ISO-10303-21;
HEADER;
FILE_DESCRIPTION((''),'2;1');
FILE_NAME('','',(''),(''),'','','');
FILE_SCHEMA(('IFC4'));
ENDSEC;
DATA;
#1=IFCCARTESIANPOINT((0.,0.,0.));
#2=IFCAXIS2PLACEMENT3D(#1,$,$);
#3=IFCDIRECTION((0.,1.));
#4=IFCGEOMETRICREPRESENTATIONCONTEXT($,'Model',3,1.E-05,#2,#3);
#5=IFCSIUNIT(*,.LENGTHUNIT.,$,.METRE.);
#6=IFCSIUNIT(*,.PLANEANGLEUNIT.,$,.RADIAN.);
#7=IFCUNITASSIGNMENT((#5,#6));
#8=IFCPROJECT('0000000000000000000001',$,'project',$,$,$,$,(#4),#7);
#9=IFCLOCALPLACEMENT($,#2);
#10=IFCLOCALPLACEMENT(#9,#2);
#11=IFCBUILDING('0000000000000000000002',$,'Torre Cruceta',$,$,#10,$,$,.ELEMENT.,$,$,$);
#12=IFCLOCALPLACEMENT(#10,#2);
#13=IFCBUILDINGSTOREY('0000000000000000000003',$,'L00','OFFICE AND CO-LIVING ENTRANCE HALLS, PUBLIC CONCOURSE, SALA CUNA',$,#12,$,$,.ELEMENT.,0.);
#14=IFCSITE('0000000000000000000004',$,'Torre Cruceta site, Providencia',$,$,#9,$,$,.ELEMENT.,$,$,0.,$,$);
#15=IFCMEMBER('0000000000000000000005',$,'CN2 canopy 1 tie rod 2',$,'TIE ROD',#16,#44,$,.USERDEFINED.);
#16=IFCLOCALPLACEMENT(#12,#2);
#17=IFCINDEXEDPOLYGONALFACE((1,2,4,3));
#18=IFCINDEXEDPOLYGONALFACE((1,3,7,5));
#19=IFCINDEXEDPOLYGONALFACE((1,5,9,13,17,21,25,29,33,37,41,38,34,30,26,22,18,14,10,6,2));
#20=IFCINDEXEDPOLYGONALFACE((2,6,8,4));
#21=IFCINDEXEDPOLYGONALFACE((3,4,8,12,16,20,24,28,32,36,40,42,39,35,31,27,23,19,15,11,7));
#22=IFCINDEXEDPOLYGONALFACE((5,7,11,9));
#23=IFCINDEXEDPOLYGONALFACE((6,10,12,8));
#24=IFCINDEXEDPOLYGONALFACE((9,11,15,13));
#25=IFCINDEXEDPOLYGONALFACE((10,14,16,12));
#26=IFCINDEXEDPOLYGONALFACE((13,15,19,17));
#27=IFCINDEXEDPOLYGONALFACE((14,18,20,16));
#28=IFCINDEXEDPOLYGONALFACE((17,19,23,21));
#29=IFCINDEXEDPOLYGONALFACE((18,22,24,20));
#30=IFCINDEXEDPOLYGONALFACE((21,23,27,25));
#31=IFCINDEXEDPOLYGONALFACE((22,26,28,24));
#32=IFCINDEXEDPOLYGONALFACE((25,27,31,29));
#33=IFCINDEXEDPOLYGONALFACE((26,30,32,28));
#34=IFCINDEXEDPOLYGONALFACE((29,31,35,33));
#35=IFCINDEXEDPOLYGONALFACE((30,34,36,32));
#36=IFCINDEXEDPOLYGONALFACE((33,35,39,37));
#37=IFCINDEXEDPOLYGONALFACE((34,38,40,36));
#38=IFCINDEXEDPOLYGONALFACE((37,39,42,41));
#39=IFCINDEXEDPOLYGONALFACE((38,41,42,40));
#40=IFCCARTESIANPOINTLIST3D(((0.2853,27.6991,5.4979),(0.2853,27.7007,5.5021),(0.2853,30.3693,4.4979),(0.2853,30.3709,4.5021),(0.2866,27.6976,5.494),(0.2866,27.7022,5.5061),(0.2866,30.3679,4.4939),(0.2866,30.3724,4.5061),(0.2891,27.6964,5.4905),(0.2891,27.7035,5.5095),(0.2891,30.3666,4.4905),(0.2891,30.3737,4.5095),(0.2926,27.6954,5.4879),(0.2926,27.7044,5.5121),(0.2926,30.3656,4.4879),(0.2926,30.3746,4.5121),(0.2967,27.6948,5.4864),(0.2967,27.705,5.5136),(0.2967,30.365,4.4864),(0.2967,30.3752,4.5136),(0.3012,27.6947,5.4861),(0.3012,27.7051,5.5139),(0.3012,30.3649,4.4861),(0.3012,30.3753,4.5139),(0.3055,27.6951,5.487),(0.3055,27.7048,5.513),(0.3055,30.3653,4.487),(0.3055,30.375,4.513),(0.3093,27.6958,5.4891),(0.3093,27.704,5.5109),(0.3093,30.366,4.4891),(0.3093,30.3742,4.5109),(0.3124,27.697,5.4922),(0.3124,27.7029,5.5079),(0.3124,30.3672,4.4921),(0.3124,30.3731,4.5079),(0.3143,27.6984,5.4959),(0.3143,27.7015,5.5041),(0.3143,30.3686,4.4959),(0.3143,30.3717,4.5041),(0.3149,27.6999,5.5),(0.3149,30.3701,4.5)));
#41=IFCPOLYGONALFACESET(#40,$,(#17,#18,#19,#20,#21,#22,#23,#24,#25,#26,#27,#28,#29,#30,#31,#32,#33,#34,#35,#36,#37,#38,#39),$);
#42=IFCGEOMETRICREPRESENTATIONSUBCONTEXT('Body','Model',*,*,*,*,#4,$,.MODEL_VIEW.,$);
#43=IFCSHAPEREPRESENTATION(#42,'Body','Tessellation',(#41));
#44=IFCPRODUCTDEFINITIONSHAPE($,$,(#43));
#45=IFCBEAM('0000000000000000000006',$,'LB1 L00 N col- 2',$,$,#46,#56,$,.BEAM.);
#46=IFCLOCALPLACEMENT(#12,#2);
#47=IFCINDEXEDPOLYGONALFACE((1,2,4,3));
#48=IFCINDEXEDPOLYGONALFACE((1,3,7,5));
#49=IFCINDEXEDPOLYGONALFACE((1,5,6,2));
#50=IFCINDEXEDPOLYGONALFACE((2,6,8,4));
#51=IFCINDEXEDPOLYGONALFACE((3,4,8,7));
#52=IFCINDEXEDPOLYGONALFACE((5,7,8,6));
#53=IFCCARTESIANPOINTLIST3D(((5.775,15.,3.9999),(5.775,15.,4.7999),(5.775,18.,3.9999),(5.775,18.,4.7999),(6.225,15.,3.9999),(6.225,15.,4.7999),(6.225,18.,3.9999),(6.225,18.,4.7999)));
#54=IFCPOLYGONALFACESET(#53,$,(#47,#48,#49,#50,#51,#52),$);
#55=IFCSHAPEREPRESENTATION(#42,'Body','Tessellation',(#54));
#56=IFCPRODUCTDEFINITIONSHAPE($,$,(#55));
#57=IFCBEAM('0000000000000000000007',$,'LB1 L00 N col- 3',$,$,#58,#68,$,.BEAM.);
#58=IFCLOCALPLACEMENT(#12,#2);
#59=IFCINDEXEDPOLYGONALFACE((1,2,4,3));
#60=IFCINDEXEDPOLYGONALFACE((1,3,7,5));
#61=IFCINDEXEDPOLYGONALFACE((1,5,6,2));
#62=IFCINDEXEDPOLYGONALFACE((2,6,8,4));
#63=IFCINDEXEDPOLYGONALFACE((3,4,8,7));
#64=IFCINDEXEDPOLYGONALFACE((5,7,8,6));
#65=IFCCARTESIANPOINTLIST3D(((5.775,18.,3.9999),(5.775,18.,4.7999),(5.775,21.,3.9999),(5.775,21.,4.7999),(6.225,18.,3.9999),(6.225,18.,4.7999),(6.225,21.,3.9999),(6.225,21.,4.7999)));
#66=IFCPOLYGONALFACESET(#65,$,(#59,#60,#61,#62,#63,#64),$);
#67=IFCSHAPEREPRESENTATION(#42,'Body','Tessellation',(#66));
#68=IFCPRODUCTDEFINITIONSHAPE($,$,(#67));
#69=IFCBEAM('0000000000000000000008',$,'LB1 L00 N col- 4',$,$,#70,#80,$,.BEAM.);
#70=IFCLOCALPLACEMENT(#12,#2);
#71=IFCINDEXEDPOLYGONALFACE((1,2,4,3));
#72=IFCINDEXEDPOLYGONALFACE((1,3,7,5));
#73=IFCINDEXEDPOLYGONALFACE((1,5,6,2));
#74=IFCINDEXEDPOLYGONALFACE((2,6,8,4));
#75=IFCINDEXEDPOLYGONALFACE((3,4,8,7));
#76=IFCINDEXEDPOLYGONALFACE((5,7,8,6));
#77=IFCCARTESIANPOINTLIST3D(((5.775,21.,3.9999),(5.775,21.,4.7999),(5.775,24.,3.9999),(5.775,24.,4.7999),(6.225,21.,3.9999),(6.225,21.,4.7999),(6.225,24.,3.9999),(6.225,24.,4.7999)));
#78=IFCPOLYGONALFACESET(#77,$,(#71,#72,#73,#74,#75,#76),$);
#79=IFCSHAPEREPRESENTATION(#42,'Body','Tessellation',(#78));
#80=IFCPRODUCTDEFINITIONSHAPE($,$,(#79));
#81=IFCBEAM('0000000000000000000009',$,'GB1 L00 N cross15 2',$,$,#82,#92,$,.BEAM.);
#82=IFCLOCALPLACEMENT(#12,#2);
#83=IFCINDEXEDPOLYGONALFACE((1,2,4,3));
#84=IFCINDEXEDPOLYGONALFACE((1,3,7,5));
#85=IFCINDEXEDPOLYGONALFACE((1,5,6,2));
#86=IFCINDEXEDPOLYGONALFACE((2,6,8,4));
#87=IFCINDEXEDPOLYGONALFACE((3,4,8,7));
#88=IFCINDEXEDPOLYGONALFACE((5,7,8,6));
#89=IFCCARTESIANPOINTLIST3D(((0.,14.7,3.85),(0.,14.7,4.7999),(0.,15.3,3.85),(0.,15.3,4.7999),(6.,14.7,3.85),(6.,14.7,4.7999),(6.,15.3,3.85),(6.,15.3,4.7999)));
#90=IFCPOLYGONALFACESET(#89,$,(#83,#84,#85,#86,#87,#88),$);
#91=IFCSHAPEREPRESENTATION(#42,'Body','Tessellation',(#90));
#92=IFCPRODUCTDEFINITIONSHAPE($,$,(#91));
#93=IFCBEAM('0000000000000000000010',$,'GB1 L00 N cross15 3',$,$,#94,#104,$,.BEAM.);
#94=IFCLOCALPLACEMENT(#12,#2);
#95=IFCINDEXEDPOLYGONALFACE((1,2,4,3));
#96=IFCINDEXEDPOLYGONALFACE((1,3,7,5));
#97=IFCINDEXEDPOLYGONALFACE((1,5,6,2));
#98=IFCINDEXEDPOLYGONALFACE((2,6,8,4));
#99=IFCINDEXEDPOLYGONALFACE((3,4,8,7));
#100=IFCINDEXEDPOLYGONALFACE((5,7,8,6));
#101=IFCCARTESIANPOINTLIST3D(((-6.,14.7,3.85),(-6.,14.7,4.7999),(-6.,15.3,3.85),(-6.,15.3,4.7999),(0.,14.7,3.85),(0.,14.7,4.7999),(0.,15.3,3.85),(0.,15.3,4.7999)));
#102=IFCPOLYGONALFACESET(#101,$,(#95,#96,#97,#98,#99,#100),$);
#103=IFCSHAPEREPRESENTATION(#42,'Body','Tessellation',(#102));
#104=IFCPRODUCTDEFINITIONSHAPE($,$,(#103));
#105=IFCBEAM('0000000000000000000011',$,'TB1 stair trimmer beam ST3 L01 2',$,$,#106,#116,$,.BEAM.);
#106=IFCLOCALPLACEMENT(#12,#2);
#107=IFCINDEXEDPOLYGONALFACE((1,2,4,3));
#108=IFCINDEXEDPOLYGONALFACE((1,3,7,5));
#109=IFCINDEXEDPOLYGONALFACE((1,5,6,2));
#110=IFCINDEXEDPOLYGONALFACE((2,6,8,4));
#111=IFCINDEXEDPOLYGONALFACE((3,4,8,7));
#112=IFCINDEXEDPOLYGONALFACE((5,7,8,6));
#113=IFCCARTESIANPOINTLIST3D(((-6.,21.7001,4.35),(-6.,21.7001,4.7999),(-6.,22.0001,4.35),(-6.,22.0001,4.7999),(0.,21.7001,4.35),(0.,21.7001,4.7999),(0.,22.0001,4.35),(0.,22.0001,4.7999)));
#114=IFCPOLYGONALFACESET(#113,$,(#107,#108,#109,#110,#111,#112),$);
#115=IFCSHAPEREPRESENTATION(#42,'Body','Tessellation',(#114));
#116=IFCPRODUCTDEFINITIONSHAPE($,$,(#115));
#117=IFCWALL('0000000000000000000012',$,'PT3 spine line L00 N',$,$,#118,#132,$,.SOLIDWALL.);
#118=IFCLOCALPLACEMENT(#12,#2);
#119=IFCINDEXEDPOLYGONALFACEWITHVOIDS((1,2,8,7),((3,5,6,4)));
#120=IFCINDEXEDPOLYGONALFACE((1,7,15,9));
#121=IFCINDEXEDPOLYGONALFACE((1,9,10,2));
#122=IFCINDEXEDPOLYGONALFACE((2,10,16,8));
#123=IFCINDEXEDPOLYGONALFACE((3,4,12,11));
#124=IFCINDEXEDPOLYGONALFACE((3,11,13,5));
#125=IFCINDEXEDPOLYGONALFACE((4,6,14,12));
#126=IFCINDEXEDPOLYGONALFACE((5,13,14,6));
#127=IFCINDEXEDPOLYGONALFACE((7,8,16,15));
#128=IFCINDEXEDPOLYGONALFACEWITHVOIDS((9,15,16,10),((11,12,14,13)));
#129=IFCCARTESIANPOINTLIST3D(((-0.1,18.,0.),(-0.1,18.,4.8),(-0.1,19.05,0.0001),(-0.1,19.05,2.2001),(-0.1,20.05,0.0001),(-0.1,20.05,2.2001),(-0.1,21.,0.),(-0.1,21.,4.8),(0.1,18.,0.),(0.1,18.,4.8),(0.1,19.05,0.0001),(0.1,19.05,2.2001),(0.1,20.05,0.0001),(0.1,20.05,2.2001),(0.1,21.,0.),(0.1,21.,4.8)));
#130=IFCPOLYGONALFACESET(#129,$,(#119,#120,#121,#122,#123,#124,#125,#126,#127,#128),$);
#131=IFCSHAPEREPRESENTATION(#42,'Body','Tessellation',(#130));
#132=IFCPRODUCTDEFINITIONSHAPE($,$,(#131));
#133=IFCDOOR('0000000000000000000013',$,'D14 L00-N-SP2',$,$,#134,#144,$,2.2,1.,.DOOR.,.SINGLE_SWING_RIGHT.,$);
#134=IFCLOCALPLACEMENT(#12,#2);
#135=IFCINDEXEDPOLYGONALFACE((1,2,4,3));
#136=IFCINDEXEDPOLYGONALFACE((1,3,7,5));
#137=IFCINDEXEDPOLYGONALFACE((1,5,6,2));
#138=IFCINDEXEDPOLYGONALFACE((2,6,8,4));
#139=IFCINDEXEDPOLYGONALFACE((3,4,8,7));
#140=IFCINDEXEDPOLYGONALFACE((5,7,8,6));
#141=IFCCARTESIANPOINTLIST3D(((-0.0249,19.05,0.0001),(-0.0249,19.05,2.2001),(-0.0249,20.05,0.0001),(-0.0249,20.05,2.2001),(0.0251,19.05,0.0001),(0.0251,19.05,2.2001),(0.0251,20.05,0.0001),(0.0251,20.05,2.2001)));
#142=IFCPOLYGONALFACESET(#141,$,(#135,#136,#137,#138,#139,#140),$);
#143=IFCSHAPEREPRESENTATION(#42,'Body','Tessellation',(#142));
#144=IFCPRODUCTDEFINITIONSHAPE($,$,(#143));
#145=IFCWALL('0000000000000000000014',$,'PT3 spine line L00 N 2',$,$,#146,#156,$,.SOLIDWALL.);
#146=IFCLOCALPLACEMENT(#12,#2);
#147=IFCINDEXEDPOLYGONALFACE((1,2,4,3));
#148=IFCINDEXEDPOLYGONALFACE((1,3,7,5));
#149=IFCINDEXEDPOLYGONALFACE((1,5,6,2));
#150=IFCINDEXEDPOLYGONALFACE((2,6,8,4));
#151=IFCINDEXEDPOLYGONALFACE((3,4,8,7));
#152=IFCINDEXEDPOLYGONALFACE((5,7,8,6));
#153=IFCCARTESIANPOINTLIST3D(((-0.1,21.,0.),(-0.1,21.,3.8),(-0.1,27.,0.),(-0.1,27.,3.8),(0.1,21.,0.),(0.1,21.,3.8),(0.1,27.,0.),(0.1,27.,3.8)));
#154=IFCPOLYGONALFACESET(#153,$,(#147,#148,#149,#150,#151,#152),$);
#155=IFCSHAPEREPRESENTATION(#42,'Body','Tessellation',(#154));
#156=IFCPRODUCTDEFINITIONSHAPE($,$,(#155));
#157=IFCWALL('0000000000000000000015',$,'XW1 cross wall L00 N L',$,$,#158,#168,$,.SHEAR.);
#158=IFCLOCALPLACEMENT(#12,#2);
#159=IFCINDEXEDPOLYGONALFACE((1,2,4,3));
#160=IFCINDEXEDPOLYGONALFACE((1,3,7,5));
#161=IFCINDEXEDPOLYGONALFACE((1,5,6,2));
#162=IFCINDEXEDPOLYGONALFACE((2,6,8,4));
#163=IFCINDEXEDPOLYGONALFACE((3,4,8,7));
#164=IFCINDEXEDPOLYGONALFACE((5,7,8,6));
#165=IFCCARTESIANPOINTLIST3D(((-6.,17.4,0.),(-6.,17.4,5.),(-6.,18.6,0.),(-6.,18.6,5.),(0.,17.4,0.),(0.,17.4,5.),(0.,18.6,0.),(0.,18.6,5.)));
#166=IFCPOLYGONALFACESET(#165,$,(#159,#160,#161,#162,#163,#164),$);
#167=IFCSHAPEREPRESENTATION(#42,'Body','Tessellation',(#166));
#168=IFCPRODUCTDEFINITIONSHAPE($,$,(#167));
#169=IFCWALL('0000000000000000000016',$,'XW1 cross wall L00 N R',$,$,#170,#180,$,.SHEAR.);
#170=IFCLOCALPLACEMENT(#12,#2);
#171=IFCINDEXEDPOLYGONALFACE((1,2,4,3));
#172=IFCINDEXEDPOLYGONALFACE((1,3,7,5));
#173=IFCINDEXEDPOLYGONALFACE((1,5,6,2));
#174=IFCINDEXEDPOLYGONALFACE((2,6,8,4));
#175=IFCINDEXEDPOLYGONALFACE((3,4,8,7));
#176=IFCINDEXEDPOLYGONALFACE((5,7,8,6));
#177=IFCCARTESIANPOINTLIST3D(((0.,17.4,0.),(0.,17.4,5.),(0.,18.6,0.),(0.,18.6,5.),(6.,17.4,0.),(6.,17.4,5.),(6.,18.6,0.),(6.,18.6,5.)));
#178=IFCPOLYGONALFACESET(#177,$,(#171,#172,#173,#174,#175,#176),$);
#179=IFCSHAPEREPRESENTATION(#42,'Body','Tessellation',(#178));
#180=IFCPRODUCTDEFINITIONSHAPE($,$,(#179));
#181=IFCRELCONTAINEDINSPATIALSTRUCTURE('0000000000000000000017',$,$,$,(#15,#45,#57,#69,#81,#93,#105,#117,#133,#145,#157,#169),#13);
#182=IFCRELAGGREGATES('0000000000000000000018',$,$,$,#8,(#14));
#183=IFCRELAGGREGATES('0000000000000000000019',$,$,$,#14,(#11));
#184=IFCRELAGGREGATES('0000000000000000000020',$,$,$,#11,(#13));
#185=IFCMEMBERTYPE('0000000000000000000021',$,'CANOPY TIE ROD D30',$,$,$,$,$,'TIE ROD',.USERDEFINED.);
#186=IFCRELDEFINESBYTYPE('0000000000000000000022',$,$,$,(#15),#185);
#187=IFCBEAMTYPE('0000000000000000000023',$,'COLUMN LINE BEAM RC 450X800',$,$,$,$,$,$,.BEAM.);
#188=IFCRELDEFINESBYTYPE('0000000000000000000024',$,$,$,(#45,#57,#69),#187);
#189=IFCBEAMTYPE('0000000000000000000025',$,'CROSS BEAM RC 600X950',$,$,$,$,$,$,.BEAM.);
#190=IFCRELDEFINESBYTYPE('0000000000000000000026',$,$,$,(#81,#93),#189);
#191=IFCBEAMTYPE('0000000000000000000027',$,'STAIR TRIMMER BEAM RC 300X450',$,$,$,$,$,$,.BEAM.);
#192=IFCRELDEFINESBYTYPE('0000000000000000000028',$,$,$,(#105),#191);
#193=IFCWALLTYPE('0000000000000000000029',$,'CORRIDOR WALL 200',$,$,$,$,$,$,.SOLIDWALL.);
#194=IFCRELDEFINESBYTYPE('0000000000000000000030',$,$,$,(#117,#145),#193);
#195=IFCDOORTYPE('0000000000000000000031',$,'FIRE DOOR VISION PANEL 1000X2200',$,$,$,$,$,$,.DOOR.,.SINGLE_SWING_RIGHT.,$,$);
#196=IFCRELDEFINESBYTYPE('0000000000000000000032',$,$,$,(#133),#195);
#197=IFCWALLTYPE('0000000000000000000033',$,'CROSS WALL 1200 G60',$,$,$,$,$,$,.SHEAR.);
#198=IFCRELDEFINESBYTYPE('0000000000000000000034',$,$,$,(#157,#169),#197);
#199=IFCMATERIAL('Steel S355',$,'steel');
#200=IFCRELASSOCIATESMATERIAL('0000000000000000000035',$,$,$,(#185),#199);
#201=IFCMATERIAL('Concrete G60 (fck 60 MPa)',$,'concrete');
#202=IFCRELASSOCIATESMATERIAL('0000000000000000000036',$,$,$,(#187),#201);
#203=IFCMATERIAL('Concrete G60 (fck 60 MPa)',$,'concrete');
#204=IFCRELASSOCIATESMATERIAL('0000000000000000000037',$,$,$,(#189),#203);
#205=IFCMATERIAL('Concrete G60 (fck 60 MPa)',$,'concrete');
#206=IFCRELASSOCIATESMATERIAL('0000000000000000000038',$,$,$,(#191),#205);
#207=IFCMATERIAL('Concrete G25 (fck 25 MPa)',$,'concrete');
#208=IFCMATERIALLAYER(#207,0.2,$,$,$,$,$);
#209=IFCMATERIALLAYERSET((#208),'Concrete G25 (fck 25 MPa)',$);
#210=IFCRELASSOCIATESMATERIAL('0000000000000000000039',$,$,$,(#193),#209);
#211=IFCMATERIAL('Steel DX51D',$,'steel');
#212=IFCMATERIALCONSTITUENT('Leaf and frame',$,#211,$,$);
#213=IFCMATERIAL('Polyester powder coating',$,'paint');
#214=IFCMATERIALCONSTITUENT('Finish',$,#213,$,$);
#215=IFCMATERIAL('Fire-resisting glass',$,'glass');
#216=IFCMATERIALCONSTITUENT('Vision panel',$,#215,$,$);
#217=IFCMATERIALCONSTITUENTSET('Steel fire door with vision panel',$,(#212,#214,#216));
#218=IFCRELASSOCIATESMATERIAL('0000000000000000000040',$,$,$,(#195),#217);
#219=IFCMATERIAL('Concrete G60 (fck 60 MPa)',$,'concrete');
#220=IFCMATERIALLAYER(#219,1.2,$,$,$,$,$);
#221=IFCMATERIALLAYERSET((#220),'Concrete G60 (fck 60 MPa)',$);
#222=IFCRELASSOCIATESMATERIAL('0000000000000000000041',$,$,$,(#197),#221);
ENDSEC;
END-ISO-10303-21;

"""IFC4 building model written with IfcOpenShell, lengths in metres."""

from ifc_helpers import new_model, si_unit, direction, frame, frame_2d, origin, origin_2d, place, context, subcontext, project, spatial, rectangle, circle, extrude, material, layer, layer_set, constituent, constituent_set, material_profile, profile_set, type_object, element, fill, save


model = new_model("IFC4")

# Units and contexts
model_context = context("Model", 3, precision=1e-05, world=origin(), true_north=direction((0.0, 1.0)))
body_context = subcontext(model_context, "Body", "Model", "MODEL_VIEW")
ifc_project = project(units=[si_unit("LENGTHUNIT", "METRE"), si_unit("PLANEANGLEUNIT", "RADIAN")], contexts=[model_context])

# Site, building, storey
site_placement = place(None, origin())
site = spatial("IfcSite", under=ifc_project, at=site_placement, Name="Torre Cruceta site, Providencia", CompositionType="ELEMENT", RefElevation=0.0)
building_placement = place(site_placement, origin())
building = spatial("IfcBuilding", under=site, at=building_placement, Name="Torre Cruceta", CompositionType="ELEMENT")
storey_placement = place(building_placement, origin())
storey = spatial("IfcBuildingStorey", under=building, at=storey_placement, Name="L00", Description="OFFICE AND CO-LIVING ENTRANCE HALLS, PUBLIC CONCOURSE, SALA CUNA", CompositionType="ELEMENT", Elevation=0.0)

# Member
ifc_material_1 = material(Name="Steel S355", Category="steel")
ifc_material_profile_1 = material_profile(ifc_material_1, circle(Radius=0.0149, at=origin_2d()), Name="ROD D30")
ifc_profile_set_1 = profile_set([ifc_material_profile_1], Name="Steel S355")
member_type_1 = type_object("IfcMemberType", Name="CANOPY TIE ROD D30", ElementType="TIE ROD", PredefinedType="USERDEFINED", material=ifc_profile_set_1)
for number, where, z_axis, x_axis, name in (
    (1, (0.3, 30.3701, 4.5), (0.0, -0.93648, 0.35072), (1.0, 0.0, 0.0), "CN2 canopy 1 tie rod 2"),
):
    element("IfcMember", number, at=place(storey_placement, frame(where, z_axis=z_axis, x_axis=x_axis)), inside=storey, type_object=member_type_1, Name=name, ObjectType="TIE ROD", PredefinedType="USERDEFINED", context=body_context, shape_type="SweptSolid", body=[
        extrude(circle(Radius=0.0149, at=origin_2d()), origin(), (0.0, 0.0, 1.0), 2.8513),
    ])

# Beams
ifc_material_2 = material(Name="Concrete G60 (fck 60 MPa)", Category="concrete")
ifc_material_profile_2 = material_profile(ifc_material_2, rectangle(XDim=0.45, YDim=0.8, at=origin_2d()), Name="RC 450X800")
ifc_profile_set_2 = profile_set([ifc_material_profile_2], Name="Concrete G60 (fck 60 MPa)")
beam_type_1 = type_object("IfcBeamType", Name="COLUMN LINE BEAM RC 450X800", PredefinedType="BEAM", material=ifc_profile_set_2)
for number, where, z_axis, x_axis, name in (
    (2, (6.0, 15.0, 4.3999), (0.0, 1.0, 0.0), (-1.0, 0.0, 0.0), "LB1 L00 N col- 2"),
    (3, (6.0, 18.0, 4.3999), (0.0, 1.0, 0.0), (-1.0, 0.0, 0.0), "LB1 L00 N col- 3"),
    (4, (6.0, 21.0, 4.3999), (0.0, 1.0, 0.0), (-1.0, 0.0, 0.0), "LB1 L00 N col- 4"),
):
    element("IfcBeam", number, at=place(storey_placement, frame(where, z_axis=z_axis, x_axis=x_axis)), inside=storey, type_object=beam_type_1, Name=name, PredefinedType="BEAM", context=body_context, shape_type="SweptSolid", body=[
        extrude(rectangle(XDim=0.45, YDim=0.8, at=origin_2d()), origin(), (0.0, 0.0, 1.0), 3.0),
    ])
ifc_material_3 = material(Name="Concrete G60 (fck 60 MPa)", Category="concrete")
ifc_material_profile_3 = material_profile(ifc_material_3, rectangle(XDim=0.6001, YDim=0.95, at=origin_2d()), Name="RC 600X950")
ifc_profile_set_3 = profile_set([ifc_material_profile_3], Name="Concrete G60 (fck 60 MPa)")
beam_type_2 = type_object("IfcBeamType", Name="CROSS BEAM RC 600X950", PredefinedType="BEAM", material=ifc_profile_set_3)
for number, where, z_axis, x_axis, name in (
    (5, (6.0, 15.0, 4.325), (-1.0, 0.0, 0.0), (0.0, -1.0, 0.0), "GB1 L00 N cross15 2"),
    (6, (0.0, 15.0, 4.325), (-1.0, 0.0, 0.0), (0.0, -1.0, 0.0), "GB1 L00 N cross15 3"),
):
    element("IfcBeam", number, at=place(storey_placement, frame(where, z_axis=z_axis, x_axis=x_axis)), inside=storey, type_object=beam_type_2, Name=name, PredefinedType="BEAM", context=body_context, shape_type="SweptSolid", body=[
        extrude(rectangle(XDim=0.6001, YDim=0.95, at=origin_2d()), origin(), (0.0, 0.0, 1.0), 6.0),
    ])
ifc_material_4 = material(Name="Concrete G60 (fck 60 MPa)", Category="concrete")
ifc_material_profile_4 = material_profile(ifc_material_4, rectangle(XDim=0.3, YDim=0.45, at=origin_2d()), Name="RC 300X450")
ifc_profile_set_4 = profile_set([ifc_material_profile_4], Name="Concrete G60 (fck 60 MPa)")
beam_type_3 = type_object("IfcBeamType", Name="STAIR TRIMMER BEAM RC 300X450", PredefinedType="BEAM", material=ifc_profile_set_4)
beam_placement = place(storey_placement, frame((0.0, 21.8501, 4.575), z_axis=(-1.0, 0.0, 0.0), x_axis=(0.0, -1.0, 0.0)))
element("IfcBeam", 7, at=beam_placement, inside=storey, type_object=beam_type_3, Name="TB1 stair trimmer beam ST3 L01 2", PredefinedType="BEAM", context=body_context, shape_type="SweptSolid", body=[
    extrude(rectangle(XDim=0.3, YDim=0.45, at=origin_2d()), origin(), (0.0, 0.0, 1.0), 6.0),
])

# Wall, opening, door
ifc_material_5 = material(Name="Concrete G25 (fck 25 MPa)", Category="concrete")
ifc_layer_1 = layer(ifc_material_5, 0.2)
ifc_layer_set_1 = layer_set([ifc_layer_1], Name="Concrete G25 (fck 25 MPa)")
wall_type_1 = type_object("IfcWallType", Name="CORRIDOR WALL 200", PredefinedType="SOLIDWALL", material=ifc_layer_set_1)
wall_1_placement = place(storey_placement, frame((0.0, 18.0, 0.0), z_axis=(0.0, 0.0, 1.0), x_axis=(0.0, 1.0, 0.0)))
wall_1 = element("IfcWall", 8, at=wall_1_placement, inside=storey, type_object=wall_type_1, Name="PT3 spine line L00 N", PredefinedType="SOLIDWALL", context=body_context, shape_type="SweptSolid", body=[
    extrude(rectangle(XDim=3.0, YDim=0.2, at=frame_2d((1.5, 0.0))), origin(), (0.0, 0.0, 1.0), 4.8),
])
opening_1_placement = place(wall_1_placement, frame((1.05, 0.0, 0.0)))
opening_1 = element("IfcOpeningElement", 9, at=opening_1_placement, cuts=wall_1, PredefinedType="OPENING", context=body_context, shape_type="SweptSolid", body=[
    extrude(rectangle(XDim=1.0, YDim=2.2, at=frame_2d((0.5, 1.1001))), frame((0.0, 0.1099, 0.0), z_axis=(0.0, -1.0, 0.0), x_axis=(1.0, 0.0, 0.0)), (0.0, 0.0, 1.0), 0.22),
])
ifc_material_6 = material(Name="Steel DX51D", Category="steel")
ifc_constituent_1 = constituent(ifc_material_6, Name="Leaf and frame")
ifc_material_7 = material(Name="Polyester powder coating", Category="paint")
ifc_constituent_2 = constituent(ifc_material_7, Name="Finish")
ifc_material_8 = material(Name="Fire-resisting glass", Category="glass")
ifc_constituent_3 = constituent(ifc_material_8, Name="Vision panel")
ifc_constituent_set = constituent_set(constituents=[ifc_constituent_1, ifc_constituent_2, ifc_constituent_3], Name="Steel fire door with vision panel")
door_type = type_object("IfcDoorType", Name="FIRE DOOR VISION PANEL 1000X2200", OperationType="SINGLE_SWING_RIGHT", PredefinedType="DOOR", material=ifc_constituent_set)
door_1_placement = place(opening_1_placement, origin())
door_1 = element("IfcDoor", 10, at=door_1_placement, inside=storey, type_object=door_type, Name="D14 L00-N-SP2", OperationType="SINGLE_SWING_RIGHT", OverallHeight=2.2, OverallWidth=1.0, PredefinedType="DOOR", context=body_context, shape_type="SweptSolid", body=[
    extrude(rectangle(XDim=1.0, YDim=2.2, at=frame_2d((0.5, 1.1001))), frame((0.0, 0.0249, 0.0), z_axis=(0.0, -1.0, 0.0), x_axis=(1.0, 0.0, 0.0)), (0.0, 0.0, 1.0), 0.05),
])
fill(opening_1, door_1)

# Walls
wall_2_placement = place(storey_placement, frame((0.0, 21.0, 0.0), z_axis=(0.0, 0.0, 1.0), x_axis=(0.0, 1.0, 0.0)))
element("IfcWall", 11, at=wall_2_placement, inside=storey, type_object=wall_type_1, Name="PT3 spine line L00 N 2", PredefinedType="SOLIDWALL", context=body_context, shape_type="SweptSolid", body=[
    extrude(rectangle(XDim=6.0, YDim=0.2, at=frame_2d((3.0, 0.0))), origin(), (0.0, 0.0, 1.0), 3.8),
])
ifc_material_9 = material(Name="Concrete G60 (fck 60 MPa)", Category="concrete")
ifc_layer_2 = layer(ifc_material_9, 1.2)
ifc_layer_set_2 = layer_set([ifc_layer_2], Name="Concrete G60 (fck 60 MPa)")
wall_type_2 = type_object("IfcWallType", Name="CROSS WALL 1200 G60", PredefinedType="SHEAR", material=ifc_layer_set_2)
for number, where, z_axis, x_axis, name in (
    (12, (0.0, 18.0, 0.0), (0.0, 0.0, 1.0), (-1.0, 0.0, 0.0), "XW1 cross wall L00 N L"),
    (13, (0.0, 18.0, 0.0), (0.0, 0.0, 1.0), (1.0, 0.0, 0.0), "XW1 cross wall L00 N R"),
):
    element("IfcWall", number, at=place(storey_placement, frame(where, z_axis=z_axis, x_axis=x_axis)), inside=storey, type_object=wall_type_2, Name=name, PredefinedType="SHEAR", context=body_context, shape_type="SweptSolid", body=[
        extrude(rectangle(XDim=6.0, YDim=1.2, at=frame_2d((3.0, 0.0))), origin(), (0.0, 0.0, 1.0), 5.0),
    ])

save(model, "model.ifc")
